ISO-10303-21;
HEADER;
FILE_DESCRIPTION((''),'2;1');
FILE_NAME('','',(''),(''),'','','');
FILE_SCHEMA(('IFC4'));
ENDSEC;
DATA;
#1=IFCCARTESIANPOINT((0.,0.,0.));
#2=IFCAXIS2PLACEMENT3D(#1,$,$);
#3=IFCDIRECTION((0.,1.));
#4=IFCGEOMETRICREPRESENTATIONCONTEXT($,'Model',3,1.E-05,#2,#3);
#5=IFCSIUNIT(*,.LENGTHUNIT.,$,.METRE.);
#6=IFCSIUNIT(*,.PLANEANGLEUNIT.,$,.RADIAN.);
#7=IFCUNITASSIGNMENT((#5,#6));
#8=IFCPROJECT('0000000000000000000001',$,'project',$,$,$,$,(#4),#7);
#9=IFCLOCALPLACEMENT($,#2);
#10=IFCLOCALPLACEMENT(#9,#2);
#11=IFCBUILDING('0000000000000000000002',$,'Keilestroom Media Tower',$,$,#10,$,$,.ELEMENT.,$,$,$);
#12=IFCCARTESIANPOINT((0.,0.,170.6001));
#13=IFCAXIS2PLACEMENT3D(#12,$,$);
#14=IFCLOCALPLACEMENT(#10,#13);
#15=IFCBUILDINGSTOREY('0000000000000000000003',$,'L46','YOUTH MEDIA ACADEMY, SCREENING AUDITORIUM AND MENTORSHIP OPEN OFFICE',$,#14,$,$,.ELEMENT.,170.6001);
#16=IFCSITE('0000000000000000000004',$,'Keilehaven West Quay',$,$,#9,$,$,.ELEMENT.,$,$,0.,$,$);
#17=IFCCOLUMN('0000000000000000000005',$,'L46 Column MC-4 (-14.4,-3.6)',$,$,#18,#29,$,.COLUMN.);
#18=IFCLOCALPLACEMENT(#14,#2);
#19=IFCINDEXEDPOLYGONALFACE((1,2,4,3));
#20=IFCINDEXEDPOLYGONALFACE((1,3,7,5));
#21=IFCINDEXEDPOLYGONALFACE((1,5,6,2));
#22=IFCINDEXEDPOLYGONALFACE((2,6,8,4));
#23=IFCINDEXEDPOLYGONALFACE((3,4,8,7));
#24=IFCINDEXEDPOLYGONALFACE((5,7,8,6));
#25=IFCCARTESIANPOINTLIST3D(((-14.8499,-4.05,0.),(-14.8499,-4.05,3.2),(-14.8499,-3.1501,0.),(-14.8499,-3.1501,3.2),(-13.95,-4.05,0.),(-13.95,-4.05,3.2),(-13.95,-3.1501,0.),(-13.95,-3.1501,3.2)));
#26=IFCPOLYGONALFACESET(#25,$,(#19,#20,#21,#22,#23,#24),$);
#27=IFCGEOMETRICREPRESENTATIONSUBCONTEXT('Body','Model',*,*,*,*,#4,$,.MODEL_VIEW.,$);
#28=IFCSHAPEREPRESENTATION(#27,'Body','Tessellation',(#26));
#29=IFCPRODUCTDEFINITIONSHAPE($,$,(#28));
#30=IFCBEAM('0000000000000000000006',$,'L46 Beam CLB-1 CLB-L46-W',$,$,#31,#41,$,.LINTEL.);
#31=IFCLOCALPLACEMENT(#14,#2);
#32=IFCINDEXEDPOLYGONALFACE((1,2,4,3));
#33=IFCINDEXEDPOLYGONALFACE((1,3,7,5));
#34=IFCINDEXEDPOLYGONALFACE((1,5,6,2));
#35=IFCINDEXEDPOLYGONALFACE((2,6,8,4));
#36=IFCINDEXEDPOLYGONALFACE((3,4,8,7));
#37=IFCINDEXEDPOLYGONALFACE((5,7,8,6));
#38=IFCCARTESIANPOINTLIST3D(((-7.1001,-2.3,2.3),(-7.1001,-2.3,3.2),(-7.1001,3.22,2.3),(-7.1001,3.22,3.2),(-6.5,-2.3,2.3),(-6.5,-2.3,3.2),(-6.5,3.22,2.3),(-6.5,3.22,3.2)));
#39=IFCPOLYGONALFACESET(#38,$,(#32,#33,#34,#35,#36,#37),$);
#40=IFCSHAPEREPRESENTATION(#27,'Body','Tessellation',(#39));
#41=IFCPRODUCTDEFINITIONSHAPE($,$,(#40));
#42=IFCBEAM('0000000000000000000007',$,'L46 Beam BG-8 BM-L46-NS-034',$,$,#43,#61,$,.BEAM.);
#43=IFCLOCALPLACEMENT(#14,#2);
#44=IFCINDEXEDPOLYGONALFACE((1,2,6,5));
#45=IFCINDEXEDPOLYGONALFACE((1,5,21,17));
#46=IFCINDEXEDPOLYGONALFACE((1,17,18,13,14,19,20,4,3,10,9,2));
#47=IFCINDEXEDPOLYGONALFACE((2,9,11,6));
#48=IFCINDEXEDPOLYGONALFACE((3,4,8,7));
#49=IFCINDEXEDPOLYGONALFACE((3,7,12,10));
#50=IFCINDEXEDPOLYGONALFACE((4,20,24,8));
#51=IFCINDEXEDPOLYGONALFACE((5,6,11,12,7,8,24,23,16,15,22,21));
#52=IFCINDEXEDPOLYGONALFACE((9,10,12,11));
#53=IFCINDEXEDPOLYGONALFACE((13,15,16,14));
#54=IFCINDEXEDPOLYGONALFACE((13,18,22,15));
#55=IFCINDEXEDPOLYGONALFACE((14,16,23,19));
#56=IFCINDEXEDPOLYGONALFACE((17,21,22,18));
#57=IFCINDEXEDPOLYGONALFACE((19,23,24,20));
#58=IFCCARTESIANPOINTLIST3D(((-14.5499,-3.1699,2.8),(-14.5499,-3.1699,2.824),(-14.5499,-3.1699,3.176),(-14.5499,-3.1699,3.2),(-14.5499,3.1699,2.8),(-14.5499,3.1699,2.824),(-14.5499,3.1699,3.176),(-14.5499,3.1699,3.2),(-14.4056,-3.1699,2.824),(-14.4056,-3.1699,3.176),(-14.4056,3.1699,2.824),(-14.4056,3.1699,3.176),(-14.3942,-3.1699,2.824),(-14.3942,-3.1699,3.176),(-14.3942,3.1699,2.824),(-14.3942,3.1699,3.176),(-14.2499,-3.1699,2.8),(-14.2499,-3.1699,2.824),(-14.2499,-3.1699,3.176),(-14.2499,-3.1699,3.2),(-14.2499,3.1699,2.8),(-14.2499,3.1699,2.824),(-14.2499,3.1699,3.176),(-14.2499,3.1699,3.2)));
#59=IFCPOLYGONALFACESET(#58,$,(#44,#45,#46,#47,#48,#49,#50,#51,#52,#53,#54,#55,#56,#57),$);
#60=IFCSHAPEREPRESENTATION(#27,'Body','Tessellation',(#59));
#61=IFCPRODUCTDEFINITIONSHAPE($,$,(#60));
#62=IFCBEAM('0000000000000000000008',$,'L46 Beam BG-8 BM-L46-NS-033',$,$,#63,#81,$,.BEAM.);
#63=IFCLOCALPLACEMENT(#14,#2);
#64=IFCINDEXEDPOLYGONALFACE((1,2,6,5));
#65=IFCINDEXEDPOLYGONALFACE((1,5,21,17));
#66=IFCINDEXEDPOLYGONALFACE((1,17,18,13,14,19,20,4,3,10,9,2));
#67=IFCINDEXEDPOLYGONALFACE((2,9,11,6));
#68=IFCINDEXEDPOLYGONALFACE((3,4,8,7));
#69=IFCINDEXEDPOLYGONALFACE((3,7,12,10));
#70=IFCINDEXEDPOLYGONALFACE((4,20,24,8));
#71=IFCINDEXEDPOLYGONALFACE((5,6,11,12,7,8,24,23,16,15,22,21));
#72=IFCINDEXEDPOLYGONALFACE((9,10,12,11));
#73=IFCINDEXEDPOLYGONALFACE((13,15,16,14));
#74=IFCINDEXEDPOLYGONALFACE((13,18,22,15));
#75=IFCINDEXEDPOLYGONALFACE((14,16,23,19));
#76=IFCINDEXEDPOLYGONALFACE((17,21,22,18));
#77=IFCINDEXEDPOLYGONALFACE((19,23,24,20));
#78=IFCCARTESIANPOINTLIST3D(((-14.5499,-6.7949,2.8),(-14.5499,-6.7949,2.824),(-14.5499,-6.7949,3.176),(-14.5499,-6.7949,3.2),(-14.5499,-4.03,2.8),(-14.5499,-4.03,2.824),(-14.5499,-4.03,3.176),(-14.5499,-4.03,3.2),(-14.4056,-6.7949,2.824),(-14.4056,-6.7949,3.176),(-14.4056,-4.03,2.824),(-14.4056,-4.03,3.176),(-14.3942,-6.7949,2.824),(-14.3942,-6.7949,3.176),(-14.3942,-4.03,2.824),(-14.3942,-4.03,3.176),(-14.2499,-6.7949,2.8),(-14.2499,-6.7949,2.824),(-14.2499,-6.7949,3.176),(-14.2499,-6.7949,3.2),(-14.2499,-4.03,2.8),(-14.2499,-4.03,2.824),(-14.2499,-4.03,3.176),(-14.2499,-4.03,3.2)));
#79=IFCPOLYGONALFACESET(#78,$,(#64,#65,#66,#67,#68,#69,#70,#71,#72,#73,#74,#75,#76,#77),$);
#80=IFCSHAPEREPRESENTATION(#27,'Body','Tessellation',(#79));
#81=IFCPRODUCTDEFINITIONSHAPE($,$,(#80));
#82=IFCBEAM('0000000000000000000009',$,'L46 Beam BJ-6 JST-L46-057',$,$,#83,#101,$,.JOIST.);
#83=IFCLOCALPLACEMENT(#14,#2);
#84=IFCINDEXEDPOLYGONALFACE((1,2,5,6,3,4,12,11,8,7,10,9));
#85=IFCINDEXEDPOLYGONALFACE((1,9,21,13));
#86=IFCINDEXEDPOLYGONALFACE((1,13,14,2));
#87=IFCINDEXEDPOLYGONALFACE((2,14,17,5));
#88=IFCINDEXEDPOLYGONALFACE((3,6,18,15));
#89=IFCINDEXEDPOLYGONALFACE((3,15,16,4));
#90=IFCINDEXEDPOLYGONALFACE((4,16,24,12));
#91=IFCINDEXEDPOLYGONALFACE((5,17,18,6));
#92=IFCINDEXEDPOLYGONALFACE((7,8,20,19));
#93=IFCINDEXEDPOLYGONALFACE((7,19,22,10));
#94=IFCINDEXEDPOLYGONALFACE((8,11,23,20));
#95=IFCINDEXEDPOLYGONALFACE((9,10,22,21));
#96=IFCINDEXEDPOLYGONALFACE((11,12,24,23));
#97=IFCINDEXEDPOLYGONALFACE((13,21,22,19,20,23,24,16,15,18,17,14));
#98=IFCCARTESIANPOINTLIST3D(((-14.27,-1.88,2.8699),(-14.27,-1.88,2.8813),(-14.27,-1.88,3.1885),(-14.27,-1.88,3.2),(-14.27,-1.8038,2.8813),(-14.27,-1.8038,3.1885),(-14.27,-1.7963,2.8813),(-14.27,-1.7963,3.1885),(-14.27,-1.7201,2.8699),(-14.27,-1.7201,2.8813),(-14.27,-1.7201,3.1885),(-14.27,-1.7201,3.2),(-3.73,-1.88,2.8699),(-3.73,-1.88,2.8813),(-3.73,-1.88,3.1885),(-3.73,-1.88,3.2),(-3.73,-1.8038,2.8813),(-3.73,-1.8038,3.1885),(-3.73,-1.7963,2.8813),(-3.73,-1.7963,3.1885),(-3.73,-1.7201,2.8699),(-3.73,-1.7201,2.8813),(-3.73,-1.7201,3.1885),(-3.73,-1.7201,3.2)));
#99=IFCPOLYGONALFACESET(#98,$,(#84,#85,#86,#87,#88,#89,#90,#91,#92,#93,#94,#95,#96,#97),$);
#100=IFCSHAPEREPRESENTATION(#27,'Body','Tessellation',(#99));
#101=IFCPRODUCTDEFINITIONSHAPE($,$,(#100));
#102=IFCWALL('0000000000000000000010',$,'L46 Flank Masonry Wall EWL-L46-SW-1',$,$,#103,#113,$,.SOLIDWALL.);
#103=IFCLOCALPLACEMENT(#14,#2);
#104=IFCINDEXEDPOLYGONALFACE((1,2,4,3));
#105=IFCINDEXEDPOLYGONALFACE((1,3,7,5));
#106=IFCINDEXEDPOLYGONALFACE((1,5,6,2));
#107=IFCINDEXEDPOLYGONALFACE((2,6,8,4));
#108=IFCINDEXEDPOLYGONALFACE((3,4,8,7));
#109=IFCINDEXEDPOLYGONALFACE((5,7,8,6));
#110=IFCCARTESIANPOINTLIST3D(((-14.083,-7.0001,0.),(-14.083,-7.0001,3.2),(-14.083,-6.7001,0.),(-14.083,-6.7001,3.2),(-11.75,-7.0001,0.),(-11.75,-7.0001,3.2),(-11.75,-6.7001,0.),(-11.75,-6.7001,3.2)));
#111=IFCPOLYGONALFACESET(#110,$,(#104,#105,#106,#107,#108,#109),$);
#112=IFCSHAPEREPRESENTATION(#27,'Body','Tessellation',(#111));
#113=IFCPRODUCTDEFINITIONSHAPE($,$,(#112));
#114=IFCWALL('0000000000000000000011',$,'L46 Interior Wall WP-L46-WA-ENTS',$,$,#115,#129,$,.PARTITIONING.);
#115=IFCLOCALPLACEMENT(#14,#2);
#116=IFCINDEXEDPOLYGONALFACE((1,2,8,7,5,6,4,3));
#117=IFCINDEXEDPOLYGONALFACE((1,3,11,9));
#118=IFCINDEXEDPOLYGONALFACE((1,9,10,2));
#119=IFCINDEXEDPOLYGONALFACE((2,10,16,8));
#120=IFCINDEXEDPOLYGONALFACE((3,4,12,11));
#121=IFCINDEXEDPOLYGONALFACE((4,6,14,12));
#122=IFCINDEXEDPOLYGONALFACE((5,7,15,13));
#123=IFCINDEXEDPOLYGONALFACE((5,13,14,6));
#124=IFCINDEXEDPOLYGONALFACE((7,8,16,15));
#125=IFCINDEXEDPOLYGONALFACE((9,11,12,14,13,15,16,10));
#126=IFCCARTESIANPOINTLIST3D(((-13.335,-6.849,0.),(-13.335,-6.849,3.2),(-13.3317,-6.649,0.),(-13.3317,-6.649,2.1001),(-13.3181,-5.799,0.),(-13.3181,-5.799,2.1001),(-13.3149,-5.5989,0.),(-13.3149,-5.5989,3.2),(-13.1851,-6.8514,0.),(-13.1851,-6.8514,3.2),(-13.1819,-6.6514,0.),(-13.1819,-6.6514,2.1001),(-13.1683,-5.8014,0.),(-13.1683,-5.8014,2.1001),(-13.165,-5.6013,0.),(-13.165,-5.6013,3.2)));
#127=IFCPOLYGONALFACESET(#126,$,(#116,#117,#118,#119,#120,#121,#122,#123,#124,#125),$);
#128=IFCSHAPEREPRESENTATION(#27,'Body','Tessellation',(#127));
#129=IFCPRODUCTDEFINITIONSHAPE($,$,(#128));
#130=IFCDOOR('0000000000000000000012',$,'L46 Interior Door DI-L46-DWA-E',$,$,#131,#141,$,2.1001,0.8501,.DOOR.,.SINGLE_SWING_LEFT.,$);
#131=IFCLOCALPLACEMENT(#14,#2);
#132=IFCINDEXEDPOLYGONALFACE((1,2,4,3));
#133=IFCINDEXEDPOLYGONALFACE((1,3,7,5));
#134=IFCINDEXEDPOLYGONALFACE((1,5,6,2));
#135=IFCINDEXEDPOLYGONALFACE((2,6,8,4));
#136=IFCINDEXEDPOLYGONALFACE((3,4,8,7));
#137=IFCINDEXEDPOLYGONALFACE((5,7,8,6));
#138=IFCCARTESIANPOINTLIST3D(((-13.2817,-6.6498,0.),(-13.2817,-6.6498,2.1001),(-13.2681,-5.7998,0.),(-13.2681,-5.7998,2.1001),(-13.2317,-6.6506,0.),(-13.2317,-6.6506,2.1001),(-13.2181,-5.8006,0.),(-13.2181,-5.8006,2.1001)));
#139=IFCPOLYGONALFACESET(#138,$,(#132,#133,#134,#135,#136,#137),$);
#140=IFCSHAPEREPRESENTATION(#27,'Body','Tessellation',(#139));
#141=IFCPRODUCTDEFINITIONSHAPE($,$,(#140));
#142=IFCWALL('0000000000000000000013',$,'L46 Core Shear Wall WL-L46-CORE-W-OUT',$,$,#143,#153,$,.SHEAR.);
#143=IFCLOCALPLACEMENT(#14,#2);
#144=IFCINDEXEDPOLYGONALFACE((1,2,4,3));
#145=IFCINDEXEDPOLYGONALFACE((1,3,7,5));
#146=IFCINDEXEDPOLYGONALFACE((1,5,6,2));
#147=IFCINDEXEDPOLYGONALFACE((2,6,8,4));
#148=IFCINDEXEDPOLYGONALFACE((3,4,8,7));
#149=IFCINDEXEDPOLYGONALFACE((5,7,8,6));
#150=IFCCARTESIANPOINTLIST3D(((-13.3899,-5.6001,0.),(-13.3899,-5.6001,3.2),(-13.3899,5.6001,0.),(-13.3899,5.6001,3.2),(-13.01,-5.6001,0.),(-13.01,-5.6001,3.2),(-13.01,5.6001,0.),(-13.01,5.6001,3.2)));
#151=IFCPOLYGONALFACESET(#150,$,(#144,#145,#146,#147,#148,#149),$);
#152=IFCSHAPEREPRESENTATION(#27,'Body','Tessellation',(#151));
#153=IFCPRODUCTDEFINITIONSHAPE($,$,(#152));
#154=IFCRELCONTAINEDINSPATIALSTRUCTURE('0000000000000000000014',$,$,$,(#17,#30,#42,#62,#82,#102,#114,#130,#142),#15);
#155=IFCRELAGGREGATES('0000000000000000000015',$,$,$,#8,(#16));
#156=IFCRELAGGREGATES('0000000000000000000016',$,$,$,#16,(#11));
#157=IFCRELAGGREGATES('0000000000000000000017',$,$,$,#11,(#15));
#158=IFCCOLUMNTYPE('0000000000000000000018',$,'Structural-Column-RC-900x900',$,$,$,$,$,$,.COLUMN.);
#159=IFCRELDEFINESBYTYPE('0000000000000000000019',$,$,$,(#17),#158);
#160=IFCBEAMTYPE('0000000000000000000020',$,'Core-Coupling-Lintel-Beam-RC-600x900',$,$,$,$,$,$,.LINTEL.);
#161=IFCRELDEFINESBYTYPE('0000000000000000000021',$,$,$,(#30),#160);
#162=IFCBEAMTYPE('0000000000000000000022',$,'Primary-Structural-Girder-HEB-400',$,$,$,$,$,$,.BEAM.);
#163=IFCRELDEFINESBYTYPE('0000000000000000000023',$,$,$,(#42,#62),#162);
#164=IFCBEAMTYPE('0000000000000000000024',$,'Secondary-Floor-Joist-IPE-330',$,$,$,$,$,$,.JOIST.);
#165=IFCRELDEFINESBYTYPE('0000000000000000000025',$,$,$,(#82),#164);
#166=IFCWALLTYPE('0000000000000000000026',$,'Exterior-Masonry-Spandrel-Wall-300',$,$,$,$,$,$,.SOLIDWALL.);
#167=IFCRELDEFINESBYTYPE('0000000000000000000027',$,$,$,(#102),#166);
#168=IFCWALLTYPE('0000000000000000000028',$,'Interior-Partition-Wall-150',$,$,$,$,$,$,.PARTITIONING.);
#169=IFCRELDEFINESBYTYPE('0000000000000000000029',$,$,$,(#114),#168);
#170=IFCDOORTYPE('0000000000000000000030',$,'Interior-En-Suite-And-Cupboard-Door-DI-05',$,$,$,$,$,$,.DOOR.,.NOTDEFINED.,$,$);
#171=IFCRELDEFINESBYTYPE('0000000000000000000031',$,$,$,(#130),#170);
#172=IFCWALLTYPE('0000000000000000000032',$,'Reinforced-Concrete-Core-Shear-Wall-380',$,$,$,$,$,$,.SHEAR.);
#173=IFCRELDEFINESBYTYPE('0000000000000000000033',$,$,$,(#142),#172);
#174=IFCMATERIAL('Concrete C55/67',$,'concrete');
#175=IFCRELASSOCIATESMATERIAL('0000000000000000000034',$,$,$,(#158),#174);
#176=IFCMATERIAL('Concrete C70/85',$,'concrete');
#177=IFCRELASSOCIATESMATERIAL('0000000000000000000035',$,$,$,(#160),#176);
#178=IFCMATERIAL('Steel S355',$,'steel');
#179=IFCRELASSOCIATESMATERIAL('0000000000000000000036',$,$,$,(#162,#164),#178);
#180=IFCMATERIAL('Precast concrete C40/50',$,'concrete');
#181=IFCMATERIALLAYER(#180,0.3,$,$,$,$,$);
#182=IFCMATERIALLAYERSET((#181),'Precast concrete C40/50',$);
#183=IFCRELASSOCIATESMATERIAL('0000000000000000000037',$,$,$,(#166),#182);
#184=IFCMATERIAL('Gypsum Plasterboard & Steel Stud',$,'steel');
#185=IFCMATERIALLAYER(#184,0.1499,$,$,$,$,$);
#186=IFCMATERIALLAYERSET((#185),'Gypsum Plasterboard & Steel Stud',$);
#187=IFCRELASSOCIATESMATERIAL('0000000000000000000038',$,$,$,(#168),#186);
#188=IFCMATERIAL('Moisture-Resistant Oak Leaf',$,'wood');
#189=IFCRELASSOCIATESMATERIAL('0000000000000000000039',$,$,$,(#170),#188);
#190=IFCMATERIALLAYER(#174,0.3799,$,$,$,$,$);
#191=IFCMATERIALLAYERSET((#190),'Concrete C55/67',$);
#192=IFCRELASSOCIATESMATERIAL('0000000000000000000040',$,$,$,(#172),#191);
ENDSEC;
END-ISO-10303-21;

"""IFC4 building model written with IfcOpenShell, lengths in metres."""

from ifc_helpers import new_model, si_unit, direction, frame, frame_2d, origin, origin_2d, place, context, subcontext, project, spatial, rectangle, i_section, extrude, source, transform, mapped, material, layer, layer_set, material_profile, profile_set, type_object, element, fill, save


model = new_model("IFC4")

# Units and contexts
model_context = context("Model", 3, precision=1e-05, world=origin(), true_north=direction((0.0, 1.0)))
body_context = subcontext(model_context, "Body", "Model", "MODEL_VIEW")
ifc_project = project(units=[si_unit("LENGTHUNIT", "METRE"), si_unit("PLANEANGLEUNIT", "RADIAN")], contexts=[model_context])

# Site, building, storey
site_placement = place(None, origin())
site = spatial("IfcSite", under=ifc_project, at=site_placement, Name="Keilehaven West Quay", CompositionType="ELEMENT", RefElevation=0.0)
building_placement = place(site_placement, origin())
building = spatial("IfcBuilding", under=site, at=building_placement, Name="Keilestroom Media Tower", CompositionType="ELEMENT")
storey_placement = place(building_placement, frame((0.0, 0.0, 170.6001)))
storey = spatial("IfcBuildingStorey", under=building, at=storey_placement, Name="L46", Description="YOUTH MEDIA ACADEMY, SCREENING AUDITORIUM AND MENTORSHIP OPEN OFFICE", CompositionType="ELEMENT", Elevation=170.6001)

# Column
ifc_material_1 = material(Name="Concrete C55/67", Category="concrete")
ifc_material_profile_1 = material_profile(ifc_material_1, rectangle(XDim=0.8999, YDim=0.8999, at=origin_2d()), Name="RC 900x900")
ifc_profile_set_1 = profile_set([ifc_material_profile_1], Name="Concrete C55/67")
column_type = type_object("IfcColumnType", Name="Structural-Column-RC-900x900", PredefinedType="COLUMN", material=ifc_profile_set_1)
shared_shape_1 = source(origin(), body_context, "Body", "SweptSolid", [
    extrude(rectangle(XDim=0.8999, YDim=0.8999, at=origin_2d()), origin(), (0.0, 0.0, 1.0), 3.2),
])
column_placement = place(storey_placement, frame((-14.3999, -3.6001, 0.0), z_axis=(0.0, 0.0, 1.0), x_axis=(1.0, 0.0, 0.0)))
element("IfcColumn", 1, at=column_placement, inside=storey, type_object=column_type, Name="L46 Column MC-4 (-14.4,-3.6)", PredefinedType="COLUMN", context=body_context, shape_type="MappedRepresentation", body=[
    mapped(shared_shape_1, transform((0.0, 0.0, 0.0), x_axis=(1.0, 0.0, 0.0), y_axis=(0.0, 1.0, 0.0), z_axis=(0.0, 0.0, 1.0), scale=1.0)),
])

# Beams
ifc_material_2 = material(Name="Concrete C70/85", Category="concrete")
ifc_material_profile_2 = material_profile(ifc_material_2, rectangle(XDim=0.6001, YDim=0.8999, at=origin_2d()), Name="RC 600x900")
ifc_profile_set_2 = profile_set([ifc_material_profile_2], Name="Concrete C70/85")
beam_type_1 = type_object("IfcBeamType", Name="Core-Coupling-Lintel-Beam-RC-600x900", PredefinedType="LINTEL", material=ifc_profile_set_2)
shared_shape_2 = source(origin(), body_context, "Body", "SweptSolid", [
    extrude(rectangle(XDim=0.6001, YDim=0.8999, at=origin_2d()), origin(), (0.0, 0.0, 1.0), 5.52),
])
beam_1_placement = place(storey_placement, frame((-6.8, -2.3, 2.75), z_axis=(0.0, 1.0, 0.0), x_axis=(-1.0, 0.0, 0.0)))
element("IfcBeam", 2, at=beam_1_placement, inside=storey, type_object=beam_type_1, Name="L46 Beam CLB-1 CLB-L46-W", PredefinedType="LINTEL", context=body_context, shape_type="MappedRepresentation", body=[
    mapped(shared_shape_2, transform((0.0, 0.0, 0.0), x_axis=(1.0, 0.0, 0.0), y_axis=(0.0, 1.0, 0.0), z_axis=(0.0, 0.0, 1.0), scale=1.0)),
])
ifc_material_3 = material(Name="Steel S355", Category="steel")
ifc_material_profile_3 = material_profile(ifc_material_3, i_section(OverallWidth=0.3, OverallDepth=0.3999, WebThickness=0.0115, FlangeThickness=0.0239, at=origin_2d()), Name="HEB 400")
ifc_profile_set_3 = profile_set([ifc_material_profile_3], Name="Steel S355")
beam_type_2 = type_object("IfcBeamType", Name="Primary-Structural-Girder-HEB-400", PredefinedType="BEAM", material=ifc_profile_set_3)
shared_shape_3 = source(origin(), body_context, "Body", "SweptSolid", [
    extrude(i_section(OverallWidth=0.3, OverallDepth=0.3999, WebThickness=0.0115, FlangeThickness=0.0239, at=origin_2d()), origin(), (0.0, 0.0, 1.0), 6.3398),
])
beam_2_placement = place(storey_placement, frame((-14.3999, -3.1699, 3.0), z_axis=(0.0, 1.0, 0.0), x_axis=(-1.0, 0.0, 0.0)))
element("IfcBeam", 3, at=beam_2_placement, inside=storey, type_object=beam_type_2, Name="L46 Beam BG-8 BM-L46-NS-034", PredefinedType="BEAM", context=body_context, shape_type="MappedRepresentation", body=[
    mapped(shared_shape_3, transform((0.0, 0.0, 0.0), x_axis=(1.0, 0.0, 0.0), y_axis=(0.0, 1.0, 0.0), z_axis=(0.0, 0.0, 1.0), scale=1.0)),
])
shared_shape_4 = source(origin(), body_context, "Body", "SweptSolid", [
    extrude(i_section(OverallWidth=0.3, OverallDepth=0.3999, WebThickness=0.0115, FlangeThickness=0.0239, at=origin_2d()), origin(), (0.0, 0.0, 1.0), 2.7649),
])
beam_3_placement = place(storey_placement, frame((-14.3999, -6.7949, 3.0), z_axis=(0.0, 1.0, 0.0), x_axis=(-1.0, 0.0, 0.0)))
element("IfcBeam", 4, at=beam_3_placement, inside=storey, type_object=beam_type_2, Name="L46 Beam BG-8 BM-L46-NS-033", PredefinedType="BEAM", context=body_context, shape_type="MappedRepresentation", body=[
    mapped(shared_shape_4, transform((0.0, 0.0, 0.0), x_axis=(1.0, 0.0, 0.0), y_axis=(0.0, 1.0, 0.0), z_axis=(0.0, 0.0, 1.0), scale=1.0)),
])
ifc_material_profile_4 = material_profile(ifc_material_3, i_section(OverallWidth=0.1599, OverallDepth=0.3301, WebThickness=0.0076, FlangeThickness=0.0115, at=origin_2d()), Name="IPE 330")
ifc_profile_set_4 = profile_set([ifc_material_profile_4], Name="Steel S355")
beam_type_3 = type_object("IfcBeamType", Name="Secondary-Floor-Joist-IPE-330", PredefinedType="JOIST", material=ifc_profile_set_4)
shared_shape_5 = source(origin(), body_context, "Body", "SweptSolid", [
    extrude(i_section(OverallWidth=0.1599, OverallDepth=0.3301, WebThickness=0.0076, FlangeThickness=0.0115, at=origin_2d()), origin(), (0.0, 0.0, 1.0), 10.54),
])
beam_4_placement = place(storey_placement, frame((-14.27, -1.8, 3.0349), z_axis=(1.0, 0.0, 0.0), x_axis=(0.0, 1.0, 0.0)))
element("IfcBeam", 5, at=beam_4_placement, inside=storey, type_object=beam_type_3, Name="L46 Beam BJ-6 JST-L46-057", PredefinedType="JOIST", context=body_context, shape_type="MappedRepresentation", body=[
    mapped(shared_shape_5, transform((0.0, 0.0, 0.0), x_axis=(1.0, 0.0, 0.0), y_axis=(0.0, 1.0, 0.0), z_axis=(0.0, 0.0, 1.0), scale=1.0)),
])

# Wall
ifc_material_4 = material(Name="Precast concrete C40/50", Category="concrete")
ifc_layer_1 = layer(ifc_material_4, 0.3)
ifc_layer_set_1 = layer_set([ifc_layer_1], Name="Precast concrete C40/50")
wall_type_1 = type_object("IfcWallType", Name="Exterior-Masonry-Spandrel-Wall-300", PredefinedType="SOLIDWALL", material=ifc_layer_set_1)
wall_1_placement = place(storey_placement, frame((-14.083, -6.8501, 0.0), z_axis=(0.0, 0.0, 1.0), x_axis=(1.0, 0.0, 0.0)))
element("IfcWall", 6, at=wall_1_placement, inside=storey, type_object=wall_type_1, Name="L46 Flank Masonry Wall EWL-L46-SW-1", PredefinedType="SOLIDWALL", context=body_context, shape_type="SweptSolid", body=[
    extrude(rectangle(XDim=2.333, YDim=0.3, at=frame_2d((1.1665, 0.0))), origin(), (0.0, 0.0, 1.0), 3.2),
])

# Wall, opening, door
ifc_material_5 = material(Name="Gypsum Plasterboard & Steel Stud", Category="steel")
ifc_layer_2 = layer(ifc_material_5, 0.1499)
ifc_layer_set_2 = layer_set([ifc_layer_2], Name="Gypsum Plasterboard & Steel Stud")
wall_type_2 = type_object("IfcWallType", Name="Interior-Partition-Wall-150", PredefinedType="PARTITIONING", material=ifc_layer_set_2)
wall_2_placement = place(storey_placement, frame((-13.26, -6.8501, 0.0), z_axis=(0.0, 0.0, 1.0), x_axis=(0.016014, 0.999872, 0.0)))
wall_2 = element("IfcWall", 7, at=wall_2_placement, inside=storey, type_object=wall_type_2, Name="L46 Interior Wall WP-L46-WA-ENTS", PredefinedType="PARTITIONING", context=body_context, shape_type="SweptSolid", body=[
    extrude(rectangle(XDim=1.2502, YDim=0.1499, at=frame_2d((0.625, 0.0))), origin(), (0.0, 0.0, 1.0), 3.2),
])
opening_1_placement = place(wall_2_placement, frame((0.2, 0.0, 0.0)))
opening_1 = element("IfcOpeningElement", 8, at=opening_1_placement, cuts=wall_2, PredefinedType="OPENING", context=body_context, shape_type="SweptSolid", body=[
    extrude(rectangle(XDim=0.8501, YDim=2.1001, at=frame_2d((0.425, 1.05))), frame((0.0, 0.085, 0.0), z_axis=(0.0, -1.0, 0.0), x_axis=(1.0, 0.0, 0.0)), (0.0, 0.0, 1.0), 0.1699),
])
ifc_material_6 = material(Name="Moisture-Resistant Oak Leaf", Category="wood")
door_type_1 = type_object("IfcDoorType", Name="Interior-En-Suite-And-Cupboard-Door-DI-05", OperationType="NOTDEFINED", PredefinedType="DOOR", material=ifc_material_6)
shared_shape_6 = source(origin(), body_context, "Body", "SweptSolid", [
    extrude(rectangle(XDim=0.8501, YDim=2.1001, at=frame_2d((0.425, 1.05))), frame((0.0, 0.0249, 0.0), z_axis=(0.0, -1.0, 0.0), x_axis=(1.0, 0.0, 0.0)), (0.0, 0.0, 1.0), 0.05),
])
door_1_placement = place(opening_1_placement, origin())
door_1 = element("IfcDoor", 9, at=door_1_placement, inside=storey, type_object=door_type_1, Name="L46 Interior Door DI-L46-DWA-E", OperationType="SINGLE_SWING_LEFT", OverallHeight=2.1001, OverallWidth=0.8501, PredefinedType="DOOR", context=body_context, shape_type="MappedRepresentation", body=[
    mapped(shared_shape_6, transform((0.0, 0.0, 0.0), x_axis=(1.0, 0.0, 0.0), y_axis=(0.0, 1.0, 0.0), z_axis=(0.0, 0.0, 1.0), scale=1.0)),
])
fill(opening_1, door_1)

# Wall
ifc_layer_3 = layer(ifc_material_1, 0.3799)
ifc_layer_set_3 = layer_set([ifc_layer_3], Name="Concrete C55/67")
wall_type_3 = type_object("IfcWallType", Name="Reinforced-Concrete-Core-Shear-Wall-380", PredefinedType="SHEAR", material=ifc_layer_set_3)
wall_3_placement = place(storey_placement, frame((-13.2, -5.6001, 0.0), z_axis=(0.0, 0.0, 1.0), x_axis=(0.0, 1.0, 0.0)))
element("IfcWall", 10, at=wall_3_placement, inside=storey, type_object=wall_type_3, Name="L46 Core Shear Wall WL-L46-CORE-W-OUT", PredefinedType="SHEAR", context=body_context, shape_type="SweptSolid", body=[
    extrude(rectangle(XDim=11.2002, YDim=0.3799, at=frame_2d((5.6001, 0.0))), origin(), (0.0, 0.0, 1.0), 3.2),
])

save(model, "model.ifc")
